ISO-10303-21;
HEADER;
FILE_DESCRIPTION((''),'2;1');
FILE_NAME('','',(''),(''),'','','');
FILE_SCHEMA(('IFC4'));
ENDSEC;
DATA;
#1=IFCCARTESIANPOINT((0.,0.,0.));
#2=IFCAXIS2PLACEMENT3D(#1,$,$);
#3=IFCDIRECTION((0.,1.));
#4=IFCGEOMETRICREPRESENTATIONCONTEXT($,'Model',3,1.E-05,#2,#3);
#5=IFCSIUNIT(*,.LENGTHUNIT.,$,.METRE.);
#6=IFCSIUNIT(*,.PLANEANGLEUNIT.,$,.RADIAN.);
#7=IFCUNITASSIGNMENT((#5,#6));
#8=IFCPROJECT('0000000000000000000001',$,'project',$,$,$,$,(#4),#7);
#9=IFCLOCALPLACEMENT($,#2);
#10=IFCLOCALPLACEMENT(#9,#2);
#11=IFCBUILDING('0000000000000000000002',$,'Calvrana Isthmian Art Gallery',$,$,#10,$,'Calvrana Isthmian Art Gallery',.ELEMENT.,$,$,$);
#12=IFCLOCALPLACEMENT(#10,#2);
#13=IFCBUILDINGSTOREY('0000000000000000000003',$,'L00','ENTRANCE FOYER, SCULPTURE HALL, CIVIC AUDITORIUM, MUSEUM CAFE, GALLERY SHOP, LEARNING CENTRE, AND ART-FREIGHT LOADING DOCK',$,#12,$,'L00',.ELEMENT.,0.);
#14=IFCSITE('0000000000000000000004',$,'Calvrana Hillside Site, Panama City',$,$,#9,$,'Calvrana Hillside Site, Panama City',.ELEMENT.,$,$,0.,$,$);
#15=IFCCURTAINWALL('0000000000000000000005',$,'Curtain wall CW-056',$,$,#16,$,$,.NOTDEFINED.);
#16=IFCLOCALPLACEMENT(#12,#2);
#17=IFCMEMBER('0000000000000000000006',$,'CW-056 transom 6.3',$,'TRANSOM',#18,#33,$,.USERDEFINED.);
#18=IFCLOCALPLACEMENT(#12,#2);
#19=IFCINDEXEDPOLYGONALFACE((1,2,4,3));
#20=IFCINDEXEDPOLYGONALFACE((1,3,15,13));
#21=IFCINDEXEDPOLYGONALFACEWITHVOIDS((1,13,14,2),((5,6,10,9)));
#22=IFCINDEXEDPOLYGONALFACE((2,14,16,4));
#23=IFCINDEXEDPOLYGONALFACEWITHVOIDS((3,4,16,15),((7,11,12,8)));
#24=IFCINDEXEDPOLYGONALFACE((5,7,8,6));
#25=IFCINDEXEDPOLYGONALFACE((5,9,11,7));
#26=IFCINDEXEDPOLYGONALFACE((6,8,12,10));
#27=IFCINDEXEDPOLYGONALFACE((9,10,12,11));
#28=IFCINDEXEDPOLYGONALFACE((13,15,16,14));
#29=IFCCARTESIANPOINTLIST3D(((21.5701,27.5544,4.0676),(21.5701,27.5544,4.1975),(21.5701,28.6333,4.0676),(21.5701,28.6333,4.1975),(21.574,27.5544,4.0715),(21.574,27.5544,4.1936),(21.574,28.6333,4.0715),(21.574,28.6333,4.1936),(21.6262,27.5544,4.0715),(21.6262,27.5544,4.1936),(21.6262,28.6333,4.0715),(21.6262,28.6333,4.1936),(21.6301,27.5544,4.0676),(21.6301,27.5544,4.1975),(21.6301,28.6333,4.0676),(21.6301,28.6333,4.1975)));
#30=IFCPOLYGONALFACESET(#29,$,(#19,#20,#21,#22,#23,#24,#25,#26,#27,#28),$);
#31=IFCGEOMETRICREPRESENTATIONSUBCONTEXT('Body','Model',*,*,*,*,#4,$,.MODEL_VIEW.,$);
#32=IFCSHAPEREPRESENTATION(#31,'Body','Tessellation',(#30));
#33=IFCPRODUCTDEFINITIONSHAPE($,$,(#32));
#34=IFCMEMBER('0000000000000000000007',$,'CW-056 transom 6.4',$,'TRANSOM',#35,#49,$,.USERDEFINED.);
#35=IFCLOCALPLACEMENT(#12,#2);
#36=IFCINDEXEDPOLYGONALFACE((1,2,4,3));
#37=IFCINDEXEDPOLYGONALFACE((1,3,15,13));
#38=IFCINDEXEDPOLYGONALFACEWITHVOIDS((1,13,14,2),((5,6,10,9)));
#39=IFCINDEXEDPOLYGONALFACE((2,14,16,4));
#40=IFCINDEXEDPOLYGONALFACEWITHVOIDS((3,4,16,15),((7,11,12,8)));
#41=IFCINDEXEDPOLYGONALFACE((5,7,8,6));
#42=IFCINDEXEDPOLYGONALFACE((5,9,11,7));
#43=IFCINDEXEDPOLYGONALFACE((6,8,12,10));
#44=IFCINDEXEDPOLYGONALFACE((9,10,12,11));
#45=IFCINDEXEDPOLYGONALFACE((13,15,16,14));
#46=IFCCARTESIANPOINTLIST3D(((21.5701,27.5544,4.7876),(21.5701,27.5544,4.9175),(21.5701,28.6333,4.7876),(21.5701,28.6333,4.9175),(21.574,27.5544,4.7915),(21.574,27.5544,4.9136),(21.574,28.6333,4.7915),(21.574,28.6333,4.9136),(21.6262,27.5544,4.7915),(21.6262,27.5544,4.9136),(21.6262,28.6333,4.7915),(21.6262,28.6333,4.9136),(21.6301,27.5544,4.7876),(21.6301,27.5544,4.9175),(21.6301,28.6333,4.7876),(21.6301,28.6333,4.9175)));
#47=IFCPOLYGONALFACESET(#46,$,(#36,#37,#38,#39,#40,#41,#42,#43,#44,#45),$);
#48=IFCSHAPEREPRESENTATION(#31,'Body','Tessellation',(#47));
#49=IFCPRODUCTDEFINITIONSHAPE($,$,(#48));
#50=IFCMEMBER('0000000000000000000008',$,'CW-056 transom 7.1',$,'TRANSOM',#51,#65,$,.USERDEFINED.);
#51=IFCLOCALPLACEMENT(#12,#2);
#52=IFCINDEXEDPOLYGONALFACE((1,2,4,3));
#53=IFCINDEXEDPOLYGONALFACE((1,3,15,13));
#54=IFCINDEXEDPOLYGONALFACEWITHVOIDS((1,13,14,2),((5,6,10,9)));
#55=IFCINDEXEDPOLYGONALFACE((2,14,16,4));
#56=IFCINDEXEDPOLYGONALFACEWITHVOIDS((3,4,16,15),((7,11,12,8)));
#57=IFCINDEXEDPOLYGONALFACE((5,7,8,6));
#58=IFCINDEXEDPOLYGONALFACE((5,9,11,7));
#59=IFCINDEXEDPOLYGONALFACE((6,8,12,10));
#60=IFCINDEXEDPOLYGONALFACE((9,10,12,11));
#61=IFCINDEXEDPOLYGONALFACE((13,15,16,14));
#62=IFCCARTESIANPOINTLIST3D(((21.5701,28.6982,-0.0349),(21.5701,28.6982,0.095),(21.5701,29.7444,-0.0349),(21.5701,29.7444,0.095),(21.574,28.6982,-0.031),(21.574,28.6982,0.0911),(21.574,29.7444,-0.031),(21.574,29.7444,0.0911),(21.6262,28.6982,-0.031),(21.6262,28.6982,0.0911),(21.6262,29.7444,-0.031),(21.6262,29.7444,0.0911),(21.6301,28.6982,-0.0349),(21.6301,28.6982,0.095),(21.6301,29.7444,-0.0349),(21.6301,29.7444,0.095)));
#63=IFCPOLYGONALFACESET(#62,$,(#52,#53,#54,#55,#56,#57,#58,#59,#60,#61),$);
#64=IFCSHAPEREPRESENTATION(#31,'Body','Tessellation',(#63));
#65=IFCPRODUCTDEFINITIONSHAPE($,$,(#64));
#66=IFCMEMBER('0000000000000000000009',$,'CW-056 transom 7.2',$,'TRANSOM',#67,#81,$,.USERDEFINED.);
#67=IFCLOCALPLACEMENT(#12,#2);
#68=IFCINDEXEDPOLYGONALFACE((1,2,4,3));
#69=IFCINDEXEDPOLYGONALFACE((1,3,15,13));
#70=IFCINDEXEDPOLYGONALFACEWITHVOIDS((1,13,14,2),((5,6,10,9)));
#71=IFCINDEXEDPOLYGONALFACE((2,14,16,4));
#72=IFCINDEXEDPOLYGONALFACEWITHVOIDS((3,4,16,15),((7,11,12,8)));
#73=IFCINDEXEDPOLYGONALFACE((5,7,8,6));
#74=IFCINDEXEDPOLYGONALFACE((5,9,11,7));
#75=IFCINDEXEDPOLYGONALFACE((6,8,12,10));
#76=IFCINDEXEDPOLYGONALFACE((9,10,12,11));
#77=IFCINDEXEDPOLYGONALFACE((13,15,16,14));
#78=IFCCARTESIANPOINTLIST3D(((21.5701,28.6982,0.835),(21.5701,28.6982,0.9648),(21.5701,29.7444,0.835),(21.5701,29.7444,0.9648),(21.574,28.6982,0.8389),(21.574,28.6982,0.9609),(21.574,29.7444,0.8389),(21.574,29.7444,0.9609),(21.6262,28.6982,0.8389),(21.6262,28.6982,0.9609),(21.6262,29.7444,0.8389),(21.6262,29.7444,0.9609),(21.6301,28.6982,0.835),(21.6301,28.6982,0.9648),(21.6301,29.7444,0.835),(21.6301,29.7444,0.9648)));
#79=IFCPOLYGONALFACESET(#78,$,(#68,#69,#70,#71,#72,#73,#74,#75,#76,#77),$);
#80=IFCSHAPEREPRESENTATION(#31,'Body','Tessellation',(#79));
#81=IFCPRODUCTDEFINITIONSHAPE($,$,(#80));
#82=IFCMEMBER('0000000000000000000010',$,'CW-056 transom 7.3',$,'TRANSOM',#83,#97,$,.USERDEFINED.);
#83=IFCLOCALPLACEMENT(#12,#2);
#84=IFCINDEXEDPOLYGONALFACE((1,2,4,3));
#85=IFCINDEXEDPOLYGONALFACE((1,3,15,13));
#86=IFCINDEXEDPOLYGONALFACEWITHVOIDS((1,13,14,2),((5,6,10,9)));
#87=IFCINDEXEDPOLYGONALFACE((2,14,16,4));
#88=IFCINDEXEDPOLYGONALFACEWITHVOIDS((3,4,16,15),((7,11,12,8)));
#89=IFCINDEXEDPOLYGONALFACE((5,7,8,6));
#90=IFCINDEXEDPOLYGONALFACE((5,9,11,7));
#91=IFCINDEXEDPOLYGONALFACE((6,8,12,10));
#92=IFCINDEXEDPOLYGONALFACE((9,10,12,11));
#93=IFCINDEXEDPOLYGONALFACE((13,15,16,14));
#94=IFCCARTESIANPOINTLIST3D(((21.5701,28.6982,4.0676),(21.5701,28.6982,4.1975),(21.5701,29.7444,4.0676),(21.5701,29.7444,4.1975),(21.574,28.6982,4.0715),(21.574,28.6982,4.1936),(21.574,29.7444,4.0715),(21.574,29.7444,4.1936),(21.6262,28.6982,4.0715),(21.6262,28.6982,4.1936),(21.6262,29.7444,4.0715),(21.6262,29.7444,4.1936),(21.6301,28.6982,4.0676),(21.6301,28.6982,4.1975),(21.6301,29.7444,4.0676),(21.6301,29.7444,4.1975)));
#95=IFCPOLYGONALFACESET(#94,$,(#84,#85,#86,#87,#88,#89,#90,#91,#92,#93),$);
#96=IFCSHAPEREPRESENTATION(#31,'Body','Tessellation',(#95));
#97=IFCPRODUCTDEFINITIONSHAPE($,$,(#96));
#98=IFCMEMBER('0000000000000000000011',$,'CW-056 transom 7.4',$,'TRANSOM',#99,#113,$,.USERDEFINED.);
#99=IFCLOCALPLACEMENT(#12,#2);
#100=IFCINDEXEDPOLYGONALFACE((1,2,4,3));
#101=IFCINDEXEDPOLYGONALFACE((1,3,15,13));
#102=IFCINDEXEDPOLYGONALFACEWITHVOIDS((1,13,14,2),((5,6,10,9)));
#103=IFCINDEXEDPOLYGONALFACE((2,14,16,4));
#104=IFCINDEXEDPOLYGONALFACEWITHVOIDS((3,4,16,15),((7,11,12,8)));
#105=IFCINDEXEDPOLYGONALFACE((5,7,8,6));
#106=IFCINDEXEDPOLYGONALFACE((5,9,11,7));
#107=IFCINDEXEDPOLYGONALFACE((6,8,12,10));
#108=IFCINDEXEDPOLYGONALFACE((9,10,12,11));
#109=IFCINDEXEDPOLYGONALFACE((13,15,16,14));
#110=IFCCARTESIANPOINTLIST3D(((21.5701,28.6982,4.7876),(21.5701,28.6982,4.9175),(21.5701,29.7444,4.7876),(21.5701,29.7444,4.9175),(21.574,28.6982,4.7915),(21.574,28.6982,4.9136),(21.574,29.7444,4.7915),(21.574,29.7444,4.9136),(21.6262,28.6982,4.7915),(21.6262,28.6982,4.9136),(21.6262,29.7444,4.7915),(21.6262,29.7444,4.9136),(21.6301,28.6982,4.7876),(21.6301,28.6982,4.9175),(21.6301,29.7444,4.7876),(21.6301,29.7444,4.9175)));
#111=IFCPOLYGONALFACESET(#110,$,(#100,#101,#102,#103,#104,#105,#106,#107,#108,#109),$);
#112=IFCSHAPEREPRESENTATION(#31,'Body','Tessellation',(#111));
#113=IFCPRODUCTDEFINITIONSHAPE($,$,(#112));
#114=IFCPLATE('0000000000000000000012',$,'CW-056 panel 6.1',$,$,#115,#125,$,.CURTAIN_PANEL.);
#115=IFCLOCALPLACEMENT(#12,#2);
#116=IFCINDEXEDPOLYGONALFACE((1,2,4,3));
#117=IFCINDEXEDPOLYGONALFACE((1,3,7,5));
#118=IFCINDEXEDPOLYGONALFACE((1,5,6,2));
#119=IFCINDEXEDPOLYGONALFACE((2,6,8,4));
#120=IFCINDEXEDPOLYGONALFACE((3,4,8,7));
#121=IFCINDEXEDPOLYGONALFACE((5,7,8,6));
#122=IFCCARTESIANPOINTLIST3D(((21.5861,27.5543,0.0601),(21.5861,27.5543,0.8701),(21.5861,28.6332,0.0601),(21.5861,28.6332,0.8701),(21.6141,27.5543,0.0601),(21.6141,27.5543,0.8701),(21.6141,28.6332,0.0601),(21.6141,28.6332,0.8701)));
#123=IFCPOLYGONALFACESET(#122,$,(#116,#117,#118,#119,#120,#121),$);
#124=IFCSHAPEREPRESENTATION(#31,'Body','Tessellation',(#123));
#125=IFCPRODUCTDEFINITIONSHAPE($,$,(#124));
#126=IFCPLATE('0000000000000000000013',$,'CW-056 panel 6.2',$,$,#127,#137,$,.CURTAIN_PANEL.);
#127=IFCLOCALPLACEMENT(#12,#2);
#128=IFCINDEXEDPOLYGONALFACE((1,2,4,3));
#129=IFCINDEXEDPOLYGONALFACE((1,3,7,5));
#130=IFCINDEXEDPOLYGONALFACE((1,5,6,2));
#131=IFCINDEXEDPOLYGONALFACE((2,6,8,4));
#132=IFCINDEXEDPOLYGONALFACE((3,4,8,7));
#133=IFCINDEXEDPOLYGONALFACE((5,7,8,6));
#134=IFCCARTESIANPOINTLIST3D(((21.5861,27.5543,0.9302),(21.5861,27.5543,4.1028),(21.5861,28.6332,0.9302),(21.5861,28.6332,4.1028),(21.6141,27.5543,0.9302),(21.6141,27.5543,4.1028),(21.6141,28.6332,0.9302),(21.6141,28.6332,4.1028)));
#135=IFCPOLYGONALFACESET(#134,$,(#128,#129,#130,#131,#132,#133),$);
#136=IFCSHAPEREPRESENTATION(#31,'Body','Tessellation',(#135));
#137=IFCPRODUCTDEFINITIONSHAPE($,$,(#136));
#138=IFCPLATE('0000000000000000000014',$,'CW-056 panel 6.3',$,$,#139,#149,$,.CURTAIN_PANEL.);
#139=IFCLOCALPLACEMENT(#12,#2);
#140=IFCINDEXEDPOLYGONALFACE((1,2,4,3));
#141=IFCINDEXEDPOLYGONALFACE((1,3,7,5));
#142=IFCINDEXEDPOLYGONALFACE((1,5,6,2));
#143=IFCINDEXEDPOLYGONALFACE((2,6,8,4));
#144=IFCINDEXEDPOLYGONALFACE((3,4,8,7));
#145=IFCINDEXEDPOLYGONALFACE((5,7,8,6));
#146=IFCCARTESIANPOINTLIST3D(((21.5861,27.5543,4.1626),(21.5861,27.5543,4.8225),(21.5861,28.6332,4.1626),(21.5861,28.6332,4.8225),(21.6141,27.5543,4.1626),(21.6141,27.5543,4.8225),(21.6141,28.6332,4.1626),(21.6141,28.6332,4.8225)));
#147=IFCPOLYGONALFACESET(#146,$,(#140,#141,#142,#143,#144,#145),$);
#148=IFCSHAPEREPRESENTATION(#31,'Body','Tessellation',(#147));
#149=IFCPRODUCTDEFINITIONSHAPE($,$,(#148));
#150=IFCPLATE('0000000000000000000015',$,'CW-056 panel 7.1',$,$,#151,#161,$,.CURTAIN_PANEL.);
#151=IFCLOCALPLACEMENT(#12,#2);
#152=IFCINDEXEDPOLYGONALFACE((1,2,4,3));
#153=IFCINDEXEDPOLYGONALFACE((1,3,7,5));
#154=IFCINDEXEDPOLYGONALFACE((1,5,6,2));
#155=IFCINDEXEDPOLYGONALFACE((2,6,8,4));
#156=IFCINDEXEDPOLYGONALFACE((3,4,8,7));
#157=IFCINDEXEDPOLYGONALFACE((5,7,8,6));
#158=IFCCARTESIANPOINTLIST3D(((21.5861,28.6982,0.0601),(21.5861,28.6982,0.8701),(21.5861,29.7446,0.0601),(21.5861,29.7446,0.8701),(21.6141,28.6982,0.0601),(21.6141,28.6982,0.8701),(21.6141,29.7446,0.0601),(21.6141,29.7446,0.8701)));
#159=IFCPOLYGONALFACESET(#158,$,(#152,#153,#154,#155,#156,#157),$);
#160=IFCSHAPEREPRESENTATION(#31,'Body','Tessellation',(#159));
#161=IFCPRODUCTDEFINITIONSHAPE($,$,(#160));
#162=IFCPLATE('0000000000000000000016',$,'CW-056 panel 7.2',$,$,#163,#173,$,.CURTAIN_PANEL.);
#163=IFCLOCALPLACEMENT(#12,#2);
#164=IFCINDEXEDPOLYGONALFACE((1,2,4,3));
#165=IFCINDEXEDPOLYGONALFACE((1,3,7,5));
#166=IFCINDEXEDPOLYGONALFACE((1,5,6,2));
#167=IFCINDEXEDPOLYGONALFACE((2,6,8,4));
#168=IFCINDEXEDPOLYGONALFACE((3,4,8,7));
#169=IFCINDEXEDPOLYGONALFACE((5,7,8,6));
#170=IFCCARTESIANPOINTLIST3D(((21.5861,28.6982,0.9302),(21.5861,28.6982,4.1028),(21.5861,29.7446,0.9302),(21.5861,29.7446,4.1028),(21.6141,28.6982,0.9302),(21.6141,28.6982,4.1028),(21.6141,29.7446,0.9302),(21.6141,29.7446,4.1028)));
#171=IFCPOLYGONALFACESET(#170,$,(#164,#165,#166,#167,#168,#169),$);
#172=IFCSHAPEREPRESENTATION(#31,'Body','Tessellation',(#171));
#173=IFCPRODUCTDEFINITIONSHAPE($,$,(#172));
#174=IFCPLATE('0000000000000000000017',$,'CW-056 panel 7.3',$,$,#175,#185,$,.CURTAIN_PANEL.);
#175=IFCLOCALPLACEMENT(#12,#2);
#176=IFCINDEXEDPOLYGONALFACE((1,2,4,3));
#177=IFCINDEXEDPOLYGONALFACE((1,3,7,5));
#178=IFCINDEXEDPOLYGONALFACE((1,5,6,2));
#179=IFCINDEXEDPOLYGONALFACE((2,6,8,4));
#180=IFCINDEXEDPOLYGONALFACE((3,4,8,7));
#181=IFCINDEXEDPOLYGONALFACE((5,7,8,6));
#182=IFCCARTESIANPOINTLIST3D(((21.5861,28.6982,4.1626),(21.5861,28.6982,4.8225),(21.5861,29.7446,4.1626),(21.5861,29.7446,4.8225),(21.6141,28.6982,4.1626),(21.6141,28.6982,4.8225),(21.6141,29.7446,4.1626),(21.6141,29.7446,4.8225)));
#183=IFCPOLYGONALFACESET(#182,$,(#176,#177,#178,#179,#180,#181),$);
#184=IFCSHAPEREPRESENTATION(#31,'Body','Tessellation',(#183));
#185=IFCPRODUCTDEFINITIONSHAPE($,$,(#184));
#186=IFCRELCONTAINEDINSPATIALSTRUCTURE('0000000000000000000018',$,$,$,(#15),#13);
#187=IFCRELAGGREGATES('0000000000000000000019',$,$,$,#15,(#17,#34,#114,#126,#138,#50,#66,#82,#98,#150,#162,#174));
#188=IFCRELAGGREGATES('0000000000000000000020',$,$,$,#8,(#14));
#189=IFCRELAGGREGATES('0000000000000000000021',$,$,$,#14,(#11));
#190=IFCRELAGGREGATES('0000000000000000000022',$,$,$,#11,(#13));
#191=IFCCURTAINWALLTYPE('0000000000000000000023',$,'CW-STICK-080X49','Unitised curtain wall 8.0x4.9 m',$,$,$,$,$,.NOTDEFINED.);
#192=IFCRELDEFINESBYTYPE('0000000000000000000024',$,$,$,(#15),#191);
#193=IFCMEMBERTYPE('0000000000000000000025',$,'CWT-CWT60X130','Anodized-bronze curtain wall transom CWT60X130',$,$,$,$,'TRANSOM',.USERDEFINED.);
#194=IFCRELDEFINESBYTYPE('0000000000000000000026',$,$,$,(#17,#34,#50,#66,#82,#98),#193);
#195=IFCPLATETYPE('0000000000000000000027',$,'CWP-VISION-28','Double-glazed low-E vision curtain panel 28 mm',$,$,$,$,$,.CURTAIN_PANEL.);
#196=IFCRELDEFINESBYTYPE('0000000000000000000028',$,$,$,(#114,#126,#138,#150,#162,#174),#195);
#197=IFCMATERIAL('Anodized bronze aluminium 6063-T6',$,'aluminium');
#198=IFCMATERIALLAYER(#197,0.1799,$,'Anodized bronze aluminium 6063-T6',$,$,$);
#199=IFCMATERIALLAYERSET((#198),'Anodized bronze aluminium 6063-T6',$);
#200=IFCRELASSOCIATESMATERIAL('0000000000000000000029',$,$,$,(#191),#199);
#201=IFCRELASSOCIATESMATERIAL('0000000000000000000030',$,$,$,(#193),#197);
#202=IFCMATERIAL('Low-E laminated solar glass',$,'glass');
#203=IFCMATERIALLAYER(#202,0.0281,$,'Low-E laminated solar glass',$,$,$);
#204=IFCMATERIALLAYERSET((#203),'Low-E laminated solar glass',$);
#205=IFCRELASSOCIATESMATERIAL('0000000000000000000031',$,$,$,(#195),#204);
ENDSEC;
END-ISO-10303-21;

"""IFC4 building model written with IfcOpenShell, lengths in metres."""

from ifc_helpers import new_model, si_unit, direction, frame, origin, origin_2d, place, context, subcontext, project, spatial, rectangle, hollow_rectangle, extrude, material, layer, layer_set, material_profile, profile_set, type_object, element, aggregate, save


model = new_model("IFC4")

# Units and contexts
model_context = context("Model", 3, precision=1e-05, world=origin(), true_north=direction((0.0, 1.0)))
body_context = subcontext(model_context, "Body", "Model", "MODEL_VIEW")
ifc_project = project(units=[si_unit("LENGTHUNIT", "METRE"), si_unit("PLANEANGLEUNIT", "RADIAN")], contexts=[model_context])

# Site, building, storey
site_placement = place(None, origin())
site = spatial("IfcSite", under=ifc_project, at=site_placement, Name="Calvrana Hillside Site, Panama City", LongName="Calvrana Hillside Site, Panama City", CompositionType="ELEMENT", RefElevation=0.0)
building_placement = place(site_placement, origin())
building = spatial("IfcBuilding", under=site, at=building_placement, Name="Calvrana Isthmian Art Gallery", LongName="Calvrana Isthmian Art Gallery", CompositionType="ELEMENT")
storey_placement = place(building_placement, origin())
storey = spatial("IfcBuildingStorey", under=building, at=storey_placement, Name="L00", Description="ENTRANCE FOYER, SCULPTURE HALL, CIVIC AUDITORIUM, MUSEUM CAFE, GALLERY SHOP, LEARNING CENTRE, AND ART-FREIGHT LOADING DOCK", LongName="L00", CompositionType="ELEMENT", Elevation=0.0)

# Curtain wall, members, plates
ifc_material_1 = material(Name="Anodized bronze aluminium 6063-T6", Category="aluminium")
ifc_layer_1 = layer(ifc_material_1, 0.1799, Name="Anodized bronze aluminium 6063-T6")
ifc_layer_set_1 = layer_set([ifc_layer_1], Name="Anodized bronze aluminium 6063-T6")
curtain_wall_type = type_object("IfcCurtainWallType", Name="CW-STICK-080X49", Description="Unitised curtain wall 8.0x4.9 m", PredefinedType="NOTDEFINED", material=ifc_layer_set_1)
curtain_wall_placement = place(storey_placement, origin())
curtain_wall = element("IfcCurtainWall", 1, at=curtain_wall_placement, inside=storey, type_object=curtain_wall_type, Name="Curtain wall CW-056", PredefinedType="NOTDEFINED")
ifc_material_profile_1 = material_profile(ifc_material_1, hollow_rectangle(XDim=0.0601, YDim=0.1299, WallThickness=0.0039, at=origin_2d()), Name="CWT60X130")
ifc_profile_set_1 = profile_set([ifc_material_profile_1], Name="Anodized bronze aluminium 6063-T6")
member_type_1 = type_object("IfcMemberType", Name="CWT-CWT60X130", Description="Anodized-bronze curtain wall transom CWT60X130", ElementType="TRANSOM", PredefinedType="USERDEFINED", material=ifc_profile_set_1)
member_1_placement = place(storey_placement, frame((21.6001, 27.5544, 4.1326), z_axis=(0.0, 1.0, 0.0), x_axis=(-1.0, 0.0, 0.0)))
member_1 = element("IfcMember", 2, at=member_1_placement, type_object=member_type_1, Name="CW-056 transom 6.3", ObjectType="TRANSOM", PredefinedType="USERDEFINED", context=body_context, shape_type="SweptSolid", body=[
    extrude(hollow_rectangle(XDim=0.0601, YDim=0.1299, WallThickness=0.0039, at=origin_2d()), origin(), (0.0, 0.0, 1.0), 1.0789),
])
member_2_placement = place(storey_placement, frame((21.6001, 27.5544, 4.8525), z_axis=(0.0, 1.0, 0.0), x_axis=(-1.0, 0.0, 0.0)))
member_2 = element("IfcMember", 3, at=member_2_placement, type_object=member_type_1, Name="CW-056 transom 6.4", ObjectType="TRANSOM", PredefinedType="USERDEFINED", context=body_context, shape_type="SweptSolid", body=[
    extrude(hollow_rectangle(XDim=0.0601, YDim=0.1299, WallThickness=0.0039, at=origin_2d()), origin(), (0.0, 0.0, 1.0), 1.0789),
])
member_3_placement = place(storey_placement, frame((21.6001, 28.6982, 0.03), z_axis=(0.0, 1.0, 0.0), x_axis=(-1.0, 0.0, 0.0)))
member_3 = element("IfcMember", 4, at=member_3_placement, type_object=member_type_1, Name="CW-056 transom 7.1", ObjectType="TRANSOM", PredefinedType="USERDEFINED", context=body_context, shape_type="SweptSolid", body=[
    extrude(hollow_rectangle(XDim=0.0601, YDim=0.1299, WallThickness=0.0039, at=origin_2d()), origin(), (0.0, 0.0, 1.0), 1.0461),
])
member_4_placement = place(storey_placement, frame((21.6001, 28.6982, 0.8999), z_axis=(0.0, 1.0, 0.0), x_axis=(-1.0, 0.0, 0.0)))
member_4 = element("IfcMember", 5, at=member_4_placement, type_object=member_type_1, Name="CW-056 transom 7.2", ObjectType="TRANSOM", PredefinedType="USERDEFINED", context=body_context, shape_type="SweptSolid", body=[
    extrude(hollow_rectangle(XDim=0.0601, YDim=0.1299, WallThickness=0.0039, at=origin_2d()), origin(), (0.0, 0.0, 1.0), 1.0461),
])
member_5_placement = place(storey_placement, frame((21.6001, 28.6982, 4.1326), z_axis=(0.0, 1.0, 0.0), x_axis=(-1.0, 0.0, 0.0)))
member_5 = element("IfcMember", 6, at=member_5_placement, type_object=member_type_1, Name="CW-056 transom 7.3", ObjectType="TRANSOM", PredefinedType="USERDEFINED", context=body_context, shape_type="SweptSolid", body=[
    extrude(hollow_rectangle(XDim=0.0601, YDim=0.1299, WallThickness=0.0039, at=origin_2d()), origin(), (0.0, 0.0, 1.0), 1.0461),
])
member_6_placement = place(storey_placement, frame((21.6001, 28.6982, 4.8525), z_axis=(0.0, 1.0, 0.0), x_axis=(-1.0, 0.0, 0.0)))
member_6 = element("IfcMember", 7, at=member_6_placement, type_object=member_type_1, Name="CW-056 transom 7.4", ObjectType="TRANSOM", PredefinedType="USERDEFINED", context=body_context, shape_type="SweptSolid", body=[
    extrude(hollow_rectangle(XDim=0.0601, YDim=0.1299, WallThickness=0.0039, at=origin_2d()), origin(), (0.0, 0.0, 1.0), 1.0461),
])
ifc_material_2 = material(Name="Low-E laminated solar glass", Category="glass")
ifc_layer_2 = layer(ifc_material_2, 0.0281, Name="Low-E laminated solar glass")
ifc_layer_set_2 = layer_set([ifc_layer_2], Name="Low-E laminated solar glass")
plate_type = type_object("IfcPlateType", Name="CWP-VISION-28", Description="Double-glazed low-E vision curtain panel 28 mm", PredefinedType="CURTAIN_PANEL", material=ifc_layer_set_2)
plate_1_placement = place(storey_placement, frame((21.6001, 28.0938, 0.0601), z_axis=(0.0, 0.0, 1.0), x_axis=(0.0, 1.0, 0.0)))
plate_1 = element("IfcPlate", 8, at=plate_1_placement, type_object=plate_type, Name="CW-056 panel 6.1", PredefinedType="CURTAIN_PANEL", context=body_context, shape_type="SweptSolid", body=[
    extrude(rectangle(XDim=1.0789, YDim=0.0281, at=origin_2d()), origin(), (0.0, 0.0, 1.0), 0.8101),
])
plate_2_placement = place(storey_placement, frame((21.6001, 28.0938, 0.9302), z_axis=(0.0, 0.0, 1.0), x_axis=(0.0, 1.0, 0.0)))
plate_2 = element("IfcPlate", 9, at=plate_2_placement, type_object=plate_type, Name="CW-056 panel 6.2", PredefinedType="CURTAIN_PANEL", context=body_context, shape_type="SweptSolid", body=[
    extrude(rectangle(XDim=1.0789, YDim=0.0281, at=origin_2d()), origin(), (0.0, 0.0, 1.0), 3.1726),
])
plate_3_placement = place(storey_placement, frame((21.6001, 28.0938, 4.1626), z_axis=(0.0, 0.0, 1.0), x_axis=(0.0, 1.0, 0.0)))
plate_3 = element("IfcPlate", 10, at=plate_3_placement, type_object=plate_type, Name="CW-056 panel 6.3", PredefinedType="CURTAIN_PANEL", context=body_context, shape_type="SweptSolid", body=[
    extrude(rectangle(XDim=1.0789, YDim=0.0281, at=origin_2d()), origin(), (0.0, 0.0, 1.0), 0.6599),
])
plate_4_placement = place(storey_placement, frame((21.6001, 29.2214, 0.0601), z_axis=(0.0, 0.0, 1.0), x_axis=(0.0, 1.0, 0.0)))
plate_4 = element("IfcPlate", 11, at=plate_4_placement, type_object=plate_type, Name="CW-056 panel 7.1", PredefinedType="CURTAIN_PANEL", context=body_context, shape_type="SweptSolid", body=[
    extrude(rectangle(XDim=1.0464, YDim=0.0281, at=origin_2d()), origin(), (0.0, 0.0, 1.0), 0.8101),
])
plate_5_placement = place(storey_placement, frame((21.6001, 29.2214, 0.9302), z_axis=(0.0, 0.0, 1.0), x_axis=(0.0, 1.0, 0.0)))
plate_5 = element("IfcPlate", 12, at=plate_5_placement, type_object=plate_type, Name="CW-056 panel 7.2", PredefinedType="CURTAIN_PANEL", context=body_context, shape_type="SweptSolid", body=[
    extrude(rectangle(XDim=1.0464, YDim=0.0281, at=origin_2d()), origin(), (0.0, 0.0, 1.0), 3.1726),
])
plate_6_placement = place(storey_placement, frame((21.6001, 29.2214, 4.1626), z_axis=(0.0, 0.0, 1.0), x_axis=(0.0, 1.0, 0.0)))
plate_6 = element("IfcPlate", 13, at=plate_6_placement, type_object=plate_type, Name="CW-056 panel 7.3", PredefinedType="CURTAIN_PANEL", context=body_context, shape_type="SweptSolid", body=[
    extrude(rectangle(XDim=1.0464, YDim=0.0281, at=origin_2d()), origin(), (0.0, 0.0, 1.0), 0.6599),
])
aggregate(curtain_wall, [member_1, member_2, plate_1, plate_2, plate_3, member_3, member_4, member_5, member_6, plate_4, plate_5, plate_6])

save(model, "model.ifc")
